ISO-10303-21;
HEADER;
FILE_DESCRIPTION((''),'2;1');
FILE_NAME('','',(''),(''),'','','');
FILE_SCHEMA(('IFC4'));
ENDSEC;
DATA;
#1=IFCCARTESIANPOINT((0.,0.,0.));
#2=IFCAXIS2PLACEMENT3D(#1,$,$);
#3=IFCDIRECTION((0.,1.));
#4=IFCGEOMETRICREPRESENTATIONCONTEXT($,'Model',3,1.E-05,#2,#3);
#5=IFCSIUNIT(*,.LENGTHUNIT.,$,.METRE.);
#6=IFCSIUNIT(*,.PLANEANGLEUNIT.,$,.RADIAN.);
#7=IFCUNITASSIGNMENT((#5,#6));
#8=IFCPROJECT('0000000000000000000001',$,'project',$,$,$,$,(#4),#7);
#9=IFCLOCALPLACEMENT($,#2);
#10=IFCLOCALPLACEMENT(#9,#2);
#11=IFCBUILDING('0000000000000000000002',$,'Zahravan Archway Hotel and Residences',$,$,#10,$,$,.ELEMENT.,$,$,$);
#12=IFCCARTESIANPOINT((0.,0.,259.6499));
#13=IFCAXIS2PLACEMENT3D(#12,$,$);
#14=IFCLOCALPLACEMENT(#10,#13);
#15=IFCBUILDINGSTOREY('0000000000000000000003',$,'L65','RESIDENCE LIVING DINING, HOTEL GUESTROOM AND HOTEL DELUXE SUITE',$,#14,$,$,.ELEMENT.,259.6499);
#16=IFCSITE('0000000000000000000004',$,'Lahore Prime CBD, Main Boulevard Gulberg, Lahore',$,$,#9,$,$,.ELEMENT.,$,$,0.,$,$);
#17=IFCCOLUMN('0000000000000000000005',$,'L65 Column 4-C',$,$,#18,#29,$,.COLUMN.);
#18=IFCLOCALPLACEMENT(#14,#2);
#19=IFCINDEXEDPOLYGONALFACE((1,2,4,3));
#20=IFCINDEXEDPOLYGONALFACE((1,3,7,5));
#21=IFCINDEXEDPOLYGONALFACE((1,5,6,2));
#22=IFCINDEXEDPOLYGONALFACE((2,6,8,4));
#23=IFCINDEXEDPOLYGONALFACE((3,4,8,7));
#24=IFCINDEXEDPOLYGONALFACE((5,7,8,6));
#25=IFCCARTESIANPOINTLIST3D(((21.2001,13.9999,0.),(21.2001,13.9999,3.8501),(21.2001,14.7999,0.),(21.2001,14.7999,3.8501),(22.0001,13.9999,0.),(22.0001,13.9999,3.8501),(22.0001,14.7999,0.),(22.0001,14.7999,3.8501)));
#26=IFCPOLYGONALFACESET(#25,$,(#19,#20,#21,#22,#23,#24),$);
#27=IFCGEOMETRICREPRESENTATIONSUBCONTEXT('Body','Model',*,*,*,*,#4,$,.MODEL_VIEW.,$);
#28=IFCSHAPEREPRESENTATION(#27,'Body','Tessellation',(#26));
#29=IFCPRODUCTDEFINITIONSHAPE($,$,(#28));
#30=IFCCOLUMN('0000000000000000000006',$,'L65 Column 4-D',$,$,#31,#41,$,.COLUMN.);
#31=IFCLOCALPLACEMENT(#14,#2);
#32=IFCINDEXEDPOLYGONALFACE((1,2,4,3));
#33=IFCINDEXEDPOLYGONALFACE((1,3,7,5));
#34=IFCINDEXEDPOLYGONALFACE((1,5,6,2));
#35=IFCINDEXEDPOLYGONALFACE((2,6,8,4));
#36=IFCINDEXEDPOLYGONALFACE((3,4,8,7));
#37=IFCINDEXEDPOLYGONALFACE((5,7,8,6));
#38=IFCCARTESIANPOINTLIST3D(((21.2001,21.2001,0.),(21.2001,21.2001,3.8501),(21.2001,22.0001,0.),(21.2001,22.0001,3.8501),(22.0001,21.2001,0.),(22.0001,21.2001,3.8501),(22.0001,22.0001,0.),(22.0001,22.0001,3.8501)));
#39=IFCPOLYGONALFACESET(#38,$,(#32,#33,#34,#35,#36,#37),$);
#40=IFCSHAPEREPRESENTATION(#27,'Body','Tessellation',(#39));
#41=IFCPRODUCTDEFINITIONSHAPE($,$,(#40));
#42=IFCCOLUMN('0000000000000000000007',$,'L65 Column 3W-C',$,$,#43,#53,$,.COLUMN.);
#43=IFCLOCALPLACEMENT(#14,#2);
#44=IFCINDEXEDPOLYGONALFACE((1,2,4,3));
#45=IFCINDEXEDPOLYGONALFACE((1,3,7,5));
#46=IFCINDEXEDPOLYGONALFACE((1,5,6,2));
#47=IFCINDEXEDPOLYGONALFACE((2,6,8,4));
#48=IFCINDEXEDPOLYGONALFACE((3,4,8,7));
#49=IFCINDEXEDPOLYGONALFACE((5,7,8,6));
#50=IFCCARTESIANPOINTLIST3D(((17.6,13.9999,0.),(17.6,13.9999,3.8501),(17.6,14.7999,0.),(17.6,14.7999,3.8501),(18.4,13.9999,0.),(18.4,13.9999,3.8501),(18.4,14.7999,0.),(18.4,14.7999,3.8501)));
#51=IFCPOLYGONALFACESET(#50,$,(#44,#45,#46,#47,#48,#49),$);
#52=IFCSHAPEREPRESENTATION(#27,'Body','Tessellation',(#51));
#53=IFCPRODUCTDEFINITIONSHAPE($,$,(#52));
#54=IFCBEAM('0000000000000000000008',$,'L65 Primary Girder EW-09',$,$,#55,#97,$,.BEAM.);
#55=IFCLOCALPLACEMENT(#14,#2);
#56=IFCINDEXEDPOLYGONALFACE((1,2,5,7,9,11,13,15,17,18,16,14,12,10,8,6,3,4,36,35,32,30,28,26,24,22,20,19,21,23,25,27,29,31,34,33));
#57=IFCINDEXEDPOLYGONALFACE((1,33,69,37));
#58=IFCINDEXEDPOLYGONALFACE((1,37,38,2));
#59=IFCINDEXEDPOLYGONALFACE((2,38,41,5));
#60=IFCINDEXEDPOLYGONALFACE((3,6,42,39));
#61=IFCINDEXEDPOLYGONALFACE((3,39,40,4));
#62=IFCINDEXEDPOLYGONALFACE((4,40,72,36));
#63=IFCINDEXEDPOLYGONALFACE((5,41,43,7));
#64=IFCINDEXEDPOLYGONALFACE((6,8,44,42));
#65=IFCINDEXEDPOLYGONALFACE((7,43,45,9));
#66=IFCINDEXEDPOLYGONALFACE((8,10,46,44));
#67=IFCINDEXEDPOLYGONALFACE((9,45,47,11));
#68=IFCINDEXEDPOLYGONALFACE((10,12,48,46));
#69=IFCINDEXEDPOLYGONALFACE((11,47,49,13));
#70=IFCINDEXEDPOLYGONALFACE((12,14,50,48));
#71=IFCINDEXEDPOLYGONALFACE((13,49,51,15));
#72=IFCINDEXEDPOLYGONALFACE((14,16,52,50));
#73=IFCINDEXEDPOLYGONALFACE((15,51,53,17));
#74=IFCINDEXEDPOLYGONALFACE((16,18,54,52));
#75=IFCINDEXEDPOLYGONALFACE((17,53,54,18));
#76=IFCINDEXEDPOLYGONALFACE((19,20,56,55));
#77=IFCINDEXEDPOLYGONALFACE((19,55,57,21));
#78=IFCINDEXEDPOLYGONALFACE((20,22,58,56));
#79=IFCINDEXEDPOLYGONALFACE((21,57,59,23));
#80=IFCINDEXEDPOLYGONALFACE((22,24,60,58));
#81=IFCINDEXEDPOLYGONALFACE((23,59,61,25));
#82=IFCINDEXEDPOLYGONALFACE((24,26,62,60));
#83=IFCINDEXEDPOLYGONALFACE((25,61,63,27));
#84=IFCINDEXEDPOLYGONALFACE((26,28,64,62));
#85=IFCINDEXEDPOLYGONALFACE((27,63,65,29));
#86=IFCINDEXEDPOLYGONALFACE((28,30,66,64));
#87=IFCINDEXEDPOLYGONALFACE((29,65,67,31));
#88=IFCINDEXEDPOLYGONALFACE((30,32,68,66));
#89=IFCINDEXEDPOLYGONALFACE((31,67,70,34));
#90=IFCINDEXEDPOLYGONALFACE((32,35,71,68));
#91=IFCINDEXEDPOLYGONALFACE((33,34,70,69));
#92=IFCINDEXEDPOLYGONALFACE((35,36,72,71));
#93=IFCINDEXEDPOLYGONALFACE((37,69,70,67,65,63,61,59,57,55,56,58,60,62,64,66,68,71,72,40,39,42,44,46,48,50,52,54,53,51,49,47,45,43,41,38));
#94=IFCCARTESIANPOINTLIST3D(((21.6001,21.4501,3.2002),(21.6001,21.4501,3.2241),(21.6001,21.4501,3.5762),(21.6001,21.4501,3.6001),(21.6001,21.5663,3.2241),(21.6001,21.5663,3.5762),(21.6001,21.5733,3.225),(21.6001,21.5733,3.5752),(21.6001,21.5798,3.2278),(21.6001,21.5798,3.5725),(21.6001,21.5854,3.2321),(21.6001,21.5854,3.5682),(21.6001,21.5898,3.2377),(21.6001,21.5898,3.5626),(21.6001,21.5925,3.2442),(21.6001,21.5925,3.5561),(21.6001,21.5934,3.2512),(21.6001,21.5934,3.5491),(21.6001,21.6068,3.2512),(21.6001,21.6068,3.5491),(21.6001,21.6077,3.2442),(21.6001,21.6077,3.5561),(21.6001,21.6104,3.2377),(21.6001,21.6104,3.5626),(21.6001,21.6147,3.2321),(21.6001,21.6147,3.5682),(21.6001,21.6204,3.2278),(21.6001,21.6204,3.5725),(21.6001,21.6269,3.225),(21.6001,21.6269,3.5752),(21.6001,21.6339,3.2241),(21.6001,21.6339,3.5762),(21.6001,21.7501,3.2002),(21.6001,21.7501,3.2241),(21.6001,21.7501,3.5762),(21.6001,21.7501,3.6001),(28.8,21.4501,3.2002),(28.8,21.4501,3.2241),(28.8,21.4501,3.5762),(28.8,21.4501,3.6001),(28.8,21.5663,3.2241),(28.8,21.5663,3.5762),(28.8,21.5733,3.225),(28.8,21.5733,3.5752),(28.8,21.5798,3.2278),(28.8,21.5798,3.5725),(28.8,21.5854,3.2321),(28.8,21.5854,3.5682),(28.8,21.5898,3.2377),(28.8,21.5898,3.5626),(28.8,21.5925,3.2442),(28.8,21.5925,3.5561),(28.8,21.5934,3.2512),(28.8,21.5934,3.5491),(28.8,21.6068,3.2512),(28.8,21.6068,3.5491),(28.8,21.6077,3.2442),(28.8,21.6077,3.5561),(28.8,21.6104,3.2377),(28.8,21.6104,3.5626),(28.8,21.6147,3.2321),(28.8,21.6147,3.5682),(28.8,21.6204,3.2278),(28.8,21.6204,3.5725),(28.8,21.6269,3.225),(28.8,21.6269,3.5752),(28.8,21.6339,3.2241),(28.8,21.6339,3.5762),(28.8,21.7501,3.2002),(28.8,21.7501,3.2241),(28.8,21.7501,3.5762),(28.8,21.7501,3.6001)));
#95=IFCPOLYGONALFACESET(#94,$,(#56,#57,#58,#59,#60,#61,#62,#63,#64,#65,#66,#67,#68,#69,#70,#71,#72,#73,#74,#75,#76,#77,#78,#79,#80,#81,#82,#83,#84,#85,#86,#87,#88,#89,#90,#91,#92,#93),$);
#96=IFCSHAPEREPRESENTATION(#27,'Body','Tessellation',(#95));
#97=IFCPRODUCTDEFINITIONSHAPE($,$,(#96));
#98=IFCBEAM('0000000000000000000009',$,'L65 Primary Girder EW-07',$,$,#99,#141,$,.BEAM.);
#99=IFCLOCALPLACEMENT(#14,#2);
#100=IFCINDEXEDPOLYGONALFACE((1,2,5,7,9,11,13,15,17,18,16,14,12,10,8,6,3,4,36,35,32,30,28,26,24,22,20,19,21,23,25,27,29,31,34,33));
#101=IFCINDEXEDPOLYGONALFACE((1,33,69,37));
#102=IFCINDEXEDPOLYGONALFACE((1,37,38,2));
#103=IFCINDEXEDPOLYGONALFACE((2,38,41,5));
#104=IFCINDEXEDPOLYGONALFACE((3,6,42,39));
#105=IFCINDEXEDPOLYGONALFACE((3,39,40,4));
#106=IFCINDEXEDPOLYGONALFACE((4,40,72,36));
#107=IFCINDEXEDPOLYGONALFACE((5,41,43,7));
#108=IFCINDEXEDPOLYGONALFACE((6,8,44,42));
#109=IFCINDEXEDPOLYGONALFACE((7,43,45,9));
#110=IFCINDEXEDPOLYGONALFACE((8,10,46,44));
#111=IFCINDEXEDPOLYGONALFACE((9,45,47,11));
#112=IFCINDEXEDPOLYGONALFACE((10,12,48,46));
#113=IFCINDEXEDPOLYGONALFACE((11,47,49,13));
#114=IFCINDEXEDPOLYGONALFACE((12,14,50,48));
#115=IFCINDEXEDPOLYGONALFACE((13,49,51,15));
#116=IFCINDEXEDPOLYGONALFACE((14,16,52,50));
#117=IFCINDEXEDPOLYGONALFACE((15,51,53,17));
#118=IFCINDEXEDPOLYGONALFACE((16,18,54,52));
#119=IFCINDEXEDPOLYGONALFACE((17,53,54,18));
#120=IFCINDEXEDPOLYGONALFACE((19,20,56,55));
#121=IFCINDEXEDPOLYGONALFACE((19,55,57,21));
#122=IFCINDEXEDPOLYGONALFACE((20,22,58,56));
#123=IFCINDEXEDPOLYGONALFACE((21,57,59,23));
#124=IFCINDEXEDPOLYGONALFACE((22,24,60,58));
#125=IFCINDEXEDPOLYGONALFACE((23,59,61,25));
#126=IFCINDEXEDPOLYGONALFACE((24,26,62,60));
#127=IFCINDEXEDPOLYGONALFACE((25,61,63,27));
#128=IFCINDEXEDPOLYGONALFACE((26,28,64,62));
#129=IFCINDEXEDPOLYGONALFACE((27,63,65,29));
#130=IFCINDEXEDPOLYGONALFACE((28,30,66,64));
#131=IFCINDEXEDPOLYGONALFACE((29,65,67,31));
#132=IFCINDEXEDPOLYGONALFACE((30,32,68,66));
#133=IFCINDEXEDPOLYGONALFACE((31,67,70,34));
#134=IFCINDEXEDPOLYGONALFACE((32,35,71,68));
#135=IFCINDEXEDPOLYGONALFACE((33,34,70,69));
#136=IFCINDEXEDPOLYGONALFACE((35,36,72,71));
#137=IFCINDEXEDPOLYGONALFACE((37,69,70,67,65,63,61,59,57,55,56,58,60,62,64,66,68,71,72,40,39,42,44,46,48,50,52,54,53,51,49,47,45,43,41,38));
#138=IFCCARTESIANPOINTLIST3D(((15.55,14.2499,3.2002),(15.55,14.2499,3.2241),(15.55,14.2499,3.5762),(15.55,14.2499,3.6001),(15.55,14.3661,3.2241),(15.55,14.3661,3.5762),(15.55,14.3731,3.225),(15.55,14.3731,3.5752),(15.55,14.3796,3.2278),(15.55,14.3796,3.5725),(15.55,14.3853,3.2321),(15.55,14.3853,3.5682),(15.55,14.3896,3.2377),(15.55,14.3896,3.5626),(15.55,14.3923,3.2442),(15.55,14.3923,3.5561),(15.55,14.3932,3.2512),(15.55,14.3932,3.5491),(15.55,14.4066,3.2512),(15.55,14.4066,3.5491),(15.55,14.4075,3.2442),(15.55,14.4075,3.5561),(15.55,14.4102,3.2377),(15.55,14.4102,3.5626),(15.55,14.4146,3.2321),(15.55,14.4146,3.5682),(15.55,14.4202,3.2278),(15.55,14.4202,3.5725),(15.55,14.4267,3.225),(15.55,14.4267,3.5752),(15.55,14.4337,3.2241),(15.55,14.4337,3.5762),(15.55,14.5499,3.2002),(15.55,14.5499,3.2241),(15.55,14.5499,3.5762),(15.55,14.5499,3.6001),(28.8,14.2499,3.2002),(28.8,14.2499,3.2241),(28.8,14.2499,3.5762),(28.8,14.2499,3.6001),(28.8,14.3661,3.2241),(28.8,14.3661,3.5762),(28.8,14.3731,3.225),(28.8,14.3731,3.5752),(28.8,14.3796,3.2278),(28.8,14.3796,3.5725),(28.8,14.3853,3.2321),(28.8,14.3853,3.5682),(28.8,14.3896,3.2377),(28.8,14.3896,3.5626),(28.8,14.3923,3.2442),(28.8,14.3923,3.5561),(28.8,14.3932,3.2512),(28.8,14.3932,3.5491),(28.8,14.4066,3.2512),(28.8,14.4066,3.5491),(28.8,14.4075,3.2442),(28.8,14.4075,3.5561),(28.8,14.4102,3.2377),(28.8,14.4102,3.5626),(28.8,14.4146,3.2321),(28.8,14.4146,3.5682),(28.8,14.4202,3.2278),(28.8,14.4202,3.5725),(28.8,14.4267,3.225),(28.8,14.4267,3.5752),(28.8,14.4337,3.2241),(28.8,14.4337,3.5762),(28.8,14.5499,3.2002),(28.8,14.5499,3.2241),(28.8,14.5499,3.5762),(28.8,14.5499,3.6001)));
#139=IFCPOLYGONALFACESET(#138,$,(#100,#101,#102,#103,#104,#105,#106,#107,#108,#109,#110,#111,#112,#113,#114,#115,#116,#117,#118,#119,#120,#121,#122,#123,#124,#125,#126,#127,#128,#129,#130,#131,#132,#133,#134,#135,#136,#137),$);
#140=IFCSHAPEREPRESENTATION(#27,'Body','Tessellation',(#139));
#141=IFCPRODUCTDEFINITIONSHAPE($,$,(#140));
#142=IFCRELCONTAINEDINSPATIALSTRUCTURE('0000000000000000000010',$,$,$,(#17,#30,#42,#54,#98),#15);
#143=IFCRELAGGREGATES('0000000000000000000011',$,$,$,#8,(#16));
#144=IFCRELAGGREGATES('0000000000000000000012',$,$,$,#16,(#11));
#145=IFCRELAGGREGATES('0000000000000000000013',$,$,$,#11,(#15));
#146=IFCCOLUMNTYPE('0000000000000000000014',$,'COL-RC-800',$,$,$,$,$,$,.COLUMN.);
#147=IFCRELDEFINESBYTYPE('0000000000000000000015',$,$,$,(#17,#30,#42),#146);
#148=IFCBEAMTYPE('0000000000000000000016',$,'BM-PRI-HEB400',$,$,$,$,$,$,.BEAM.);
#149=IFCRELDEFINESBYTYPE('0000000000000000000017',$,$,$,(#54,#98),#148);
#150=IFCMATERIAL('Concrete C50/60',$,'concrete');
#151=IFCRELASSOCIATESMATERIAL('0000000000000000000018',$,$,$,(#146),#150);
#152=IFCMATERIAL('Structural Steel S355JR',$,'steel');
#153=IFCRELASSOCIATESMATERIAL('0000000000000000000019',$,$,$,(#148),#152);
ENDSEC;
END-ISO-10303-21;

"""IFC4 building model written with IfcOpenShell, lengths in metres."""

from ifc_helpers import new_model, si_unit, direction, frame, origin, origin_2d, place, context, subcontext, project, spatial, rectangle, i_section, extrude, source, transform, mapped, material, material_profile, profile_set, type_object, type_shapes, element, save


model = new_model("IFC4")

# Units and contexts
model_context = context("Model", 3, precision=1e-05, world=origin(), true_north=direction((0.0, 1.0)))
body_context = subcontext(model_context, "Body", "Model", "MODEL_VIEW")
ifc_project = project(units=[si_unit("LENGTHUNIT", "METRE"), si_unit("PLANEANGLEUNIT", "RADIAN")], contexts=[model_context])

# Site, building, storey
site_placement = place(None, origin())
site = spatial("IfcSite", under=ifc_project, at=site_placement, Name="Lahore Prime CBD, Main Boulevard Gulberg, Lahore", CompositionType="ELEMENT", RefElevation=0.0)
building_placement = place(site_placement, origin())
building = spatial("IfcBuilding", under=site, at=building_placement, Name="Zahravan Archway Hotel and Residences", CompositionType="ELEMENT")
storey_placement = place(building_placement, frame((0.0, 0.0, 259.6499)))
storey = spatial("IfcBuildingStorey", under=building, at=storey_placement, Name="L65", Description="RESIDENCE LIVING DINING, HOTEL GUESTROOM AND HOTEL DELUXE SUITE", CompositionType="ELEMENT", Elevation=259.6499)

# Columns
ifc_material_1 = material(Name="Concrete C50/60", Category="concrete")
ifc_material_profile_1 = material_profile(ifc_material_1, rectangle(XDim=0.8, YDim=0.8, at=origin_2d()), Name="RC-COL-800x800", Category="concrete")
ifc_profile_set_1 = profile_set([ifc_material_profile_1], Name="Concrete C50/60")
column_type = type_object("IfcColumnType", Name="COL-RC-800", PredefinedType="COLUMN", material=ifc_profile_set_1)
shared_shape_1 = source(origin(), body_context, "Body", "SweptSolid", [
    extrude(rectangle(XDim=0.8, YDim=0.8, at=origin_2d()), origin(), (0.0, 0.0, 1.0), 3.8501),
])
for number, where, z_axis, x_axis, name in (
    (1, (21.6001, 14.3999, 0.0), (0.0, 0.0, 1.0), (1.0, 0.0, 0.0), "L65 Column 4-C"),
    (2, (21.6001, 21.6001, 0.0), (0.0, 0.0, 1.0), (1.0, 0.0, 0.0), "L65 Column 4-D"),
    (3, (18.0, 14.3999, 0.0), (0.0, 0.0, 1.0), (1.0, 0.0, 0.0), "L65 Column 3W-C"),
):
    element("IfcColumn", number, at=place(storey_placement, frame(where, z_axis=z_axis, x_axis=x_axis)), inside=storey, type_object=column_type, Name=name, PredefinedType="COLUMN", context=body_context, shape_type="MappedRepresentation", body=[
        mapped(shared_shape_1, transform((0.0, 0.0, 0.0), scale=1.0)),
    ])

# Beams
ifc_material_2 = material(Name="Structural Steel S355JR", Category="steel")
ifc_material_profile_2 = material_profile(ifc_material_2, i_section(OverallWidth=0.3, OverallDepth=0.3999, WebThickness=0.0134, FlangeThickness=0.0239, FilletRadius=0.0271, at=origin_2d()), Name="HEB 400", Category="steel")
ifc_profile_set_2 = profile_set([ifc_material_profile_2], Name="Structural Steel S355JR")
beam_type = type_object("IfcBeamType", Name="BM-PRI-HEB400", PredefinedType="BEAM", material=ifc_profile_set_2)
shared_shape_2 = source(origin(), body_context, "Body", "SweptSolid", [
    extrude(i_section(OverallWidth=0.3, OverallDepth=0.3999, WebThickness=0.0134, FlangeThickness=0.0239, FilletRadius=0.0271, at=origin_2d()), origin(), (0.0, 0.0, 1.0), 7.2),
])
type_shapes(beam_type, [shared_shape_2])
beam_1_placement = place(storey_placement, frame((21.6001, 21.6001, 3.4001), z_axis=(1.0, 0.0, 0.0), x_axis=(0.0, 1.0, 0.0)))
element("IfcBeam", 4, at=beam_1_placement, inside=storey, type_object=beam_type, Name="L65 Primary Girder EW-09", PredefinedType="BEAM", context=body_context, shape_type="MappedRepresentation", body=[
    mapped(shared_shape_2, transform((0.0, 0.0, 0.0), scale=1.0)),
])
shared_shape_3 = source(origin(), body_context, "Body", "SweptSolid", [
    extrude(i_section(OverallWidth=0.3, OverallDepth=0.3999, WebThickness=0.0134, FlangeThickness=0.0239, FilletRadius=0.0271, at=origin_2d()), origin(), (0.0, 0.0, 1.0), 13.25),
])
beam_2_placement = place(storey_placement, frame((15.55, 14.3999, 3.4001), z_axis=(1.0, 0.0, 0.0), x_axis=(0.0, 1.0, 0.0)))
element("IfcBeam", 5, at=beam_2_placement, inside=storey, type_object=beam_type, Name="L65 Primary Girder EW-07", PredefinedType="BEAM", context=body_context, shape_type="MappedRepresentation", body=[
    mapped(shared_shape_3, transform((0.0, 0.0, 0.0), scale=1.0)),
])

save(model, "model.ifc")
